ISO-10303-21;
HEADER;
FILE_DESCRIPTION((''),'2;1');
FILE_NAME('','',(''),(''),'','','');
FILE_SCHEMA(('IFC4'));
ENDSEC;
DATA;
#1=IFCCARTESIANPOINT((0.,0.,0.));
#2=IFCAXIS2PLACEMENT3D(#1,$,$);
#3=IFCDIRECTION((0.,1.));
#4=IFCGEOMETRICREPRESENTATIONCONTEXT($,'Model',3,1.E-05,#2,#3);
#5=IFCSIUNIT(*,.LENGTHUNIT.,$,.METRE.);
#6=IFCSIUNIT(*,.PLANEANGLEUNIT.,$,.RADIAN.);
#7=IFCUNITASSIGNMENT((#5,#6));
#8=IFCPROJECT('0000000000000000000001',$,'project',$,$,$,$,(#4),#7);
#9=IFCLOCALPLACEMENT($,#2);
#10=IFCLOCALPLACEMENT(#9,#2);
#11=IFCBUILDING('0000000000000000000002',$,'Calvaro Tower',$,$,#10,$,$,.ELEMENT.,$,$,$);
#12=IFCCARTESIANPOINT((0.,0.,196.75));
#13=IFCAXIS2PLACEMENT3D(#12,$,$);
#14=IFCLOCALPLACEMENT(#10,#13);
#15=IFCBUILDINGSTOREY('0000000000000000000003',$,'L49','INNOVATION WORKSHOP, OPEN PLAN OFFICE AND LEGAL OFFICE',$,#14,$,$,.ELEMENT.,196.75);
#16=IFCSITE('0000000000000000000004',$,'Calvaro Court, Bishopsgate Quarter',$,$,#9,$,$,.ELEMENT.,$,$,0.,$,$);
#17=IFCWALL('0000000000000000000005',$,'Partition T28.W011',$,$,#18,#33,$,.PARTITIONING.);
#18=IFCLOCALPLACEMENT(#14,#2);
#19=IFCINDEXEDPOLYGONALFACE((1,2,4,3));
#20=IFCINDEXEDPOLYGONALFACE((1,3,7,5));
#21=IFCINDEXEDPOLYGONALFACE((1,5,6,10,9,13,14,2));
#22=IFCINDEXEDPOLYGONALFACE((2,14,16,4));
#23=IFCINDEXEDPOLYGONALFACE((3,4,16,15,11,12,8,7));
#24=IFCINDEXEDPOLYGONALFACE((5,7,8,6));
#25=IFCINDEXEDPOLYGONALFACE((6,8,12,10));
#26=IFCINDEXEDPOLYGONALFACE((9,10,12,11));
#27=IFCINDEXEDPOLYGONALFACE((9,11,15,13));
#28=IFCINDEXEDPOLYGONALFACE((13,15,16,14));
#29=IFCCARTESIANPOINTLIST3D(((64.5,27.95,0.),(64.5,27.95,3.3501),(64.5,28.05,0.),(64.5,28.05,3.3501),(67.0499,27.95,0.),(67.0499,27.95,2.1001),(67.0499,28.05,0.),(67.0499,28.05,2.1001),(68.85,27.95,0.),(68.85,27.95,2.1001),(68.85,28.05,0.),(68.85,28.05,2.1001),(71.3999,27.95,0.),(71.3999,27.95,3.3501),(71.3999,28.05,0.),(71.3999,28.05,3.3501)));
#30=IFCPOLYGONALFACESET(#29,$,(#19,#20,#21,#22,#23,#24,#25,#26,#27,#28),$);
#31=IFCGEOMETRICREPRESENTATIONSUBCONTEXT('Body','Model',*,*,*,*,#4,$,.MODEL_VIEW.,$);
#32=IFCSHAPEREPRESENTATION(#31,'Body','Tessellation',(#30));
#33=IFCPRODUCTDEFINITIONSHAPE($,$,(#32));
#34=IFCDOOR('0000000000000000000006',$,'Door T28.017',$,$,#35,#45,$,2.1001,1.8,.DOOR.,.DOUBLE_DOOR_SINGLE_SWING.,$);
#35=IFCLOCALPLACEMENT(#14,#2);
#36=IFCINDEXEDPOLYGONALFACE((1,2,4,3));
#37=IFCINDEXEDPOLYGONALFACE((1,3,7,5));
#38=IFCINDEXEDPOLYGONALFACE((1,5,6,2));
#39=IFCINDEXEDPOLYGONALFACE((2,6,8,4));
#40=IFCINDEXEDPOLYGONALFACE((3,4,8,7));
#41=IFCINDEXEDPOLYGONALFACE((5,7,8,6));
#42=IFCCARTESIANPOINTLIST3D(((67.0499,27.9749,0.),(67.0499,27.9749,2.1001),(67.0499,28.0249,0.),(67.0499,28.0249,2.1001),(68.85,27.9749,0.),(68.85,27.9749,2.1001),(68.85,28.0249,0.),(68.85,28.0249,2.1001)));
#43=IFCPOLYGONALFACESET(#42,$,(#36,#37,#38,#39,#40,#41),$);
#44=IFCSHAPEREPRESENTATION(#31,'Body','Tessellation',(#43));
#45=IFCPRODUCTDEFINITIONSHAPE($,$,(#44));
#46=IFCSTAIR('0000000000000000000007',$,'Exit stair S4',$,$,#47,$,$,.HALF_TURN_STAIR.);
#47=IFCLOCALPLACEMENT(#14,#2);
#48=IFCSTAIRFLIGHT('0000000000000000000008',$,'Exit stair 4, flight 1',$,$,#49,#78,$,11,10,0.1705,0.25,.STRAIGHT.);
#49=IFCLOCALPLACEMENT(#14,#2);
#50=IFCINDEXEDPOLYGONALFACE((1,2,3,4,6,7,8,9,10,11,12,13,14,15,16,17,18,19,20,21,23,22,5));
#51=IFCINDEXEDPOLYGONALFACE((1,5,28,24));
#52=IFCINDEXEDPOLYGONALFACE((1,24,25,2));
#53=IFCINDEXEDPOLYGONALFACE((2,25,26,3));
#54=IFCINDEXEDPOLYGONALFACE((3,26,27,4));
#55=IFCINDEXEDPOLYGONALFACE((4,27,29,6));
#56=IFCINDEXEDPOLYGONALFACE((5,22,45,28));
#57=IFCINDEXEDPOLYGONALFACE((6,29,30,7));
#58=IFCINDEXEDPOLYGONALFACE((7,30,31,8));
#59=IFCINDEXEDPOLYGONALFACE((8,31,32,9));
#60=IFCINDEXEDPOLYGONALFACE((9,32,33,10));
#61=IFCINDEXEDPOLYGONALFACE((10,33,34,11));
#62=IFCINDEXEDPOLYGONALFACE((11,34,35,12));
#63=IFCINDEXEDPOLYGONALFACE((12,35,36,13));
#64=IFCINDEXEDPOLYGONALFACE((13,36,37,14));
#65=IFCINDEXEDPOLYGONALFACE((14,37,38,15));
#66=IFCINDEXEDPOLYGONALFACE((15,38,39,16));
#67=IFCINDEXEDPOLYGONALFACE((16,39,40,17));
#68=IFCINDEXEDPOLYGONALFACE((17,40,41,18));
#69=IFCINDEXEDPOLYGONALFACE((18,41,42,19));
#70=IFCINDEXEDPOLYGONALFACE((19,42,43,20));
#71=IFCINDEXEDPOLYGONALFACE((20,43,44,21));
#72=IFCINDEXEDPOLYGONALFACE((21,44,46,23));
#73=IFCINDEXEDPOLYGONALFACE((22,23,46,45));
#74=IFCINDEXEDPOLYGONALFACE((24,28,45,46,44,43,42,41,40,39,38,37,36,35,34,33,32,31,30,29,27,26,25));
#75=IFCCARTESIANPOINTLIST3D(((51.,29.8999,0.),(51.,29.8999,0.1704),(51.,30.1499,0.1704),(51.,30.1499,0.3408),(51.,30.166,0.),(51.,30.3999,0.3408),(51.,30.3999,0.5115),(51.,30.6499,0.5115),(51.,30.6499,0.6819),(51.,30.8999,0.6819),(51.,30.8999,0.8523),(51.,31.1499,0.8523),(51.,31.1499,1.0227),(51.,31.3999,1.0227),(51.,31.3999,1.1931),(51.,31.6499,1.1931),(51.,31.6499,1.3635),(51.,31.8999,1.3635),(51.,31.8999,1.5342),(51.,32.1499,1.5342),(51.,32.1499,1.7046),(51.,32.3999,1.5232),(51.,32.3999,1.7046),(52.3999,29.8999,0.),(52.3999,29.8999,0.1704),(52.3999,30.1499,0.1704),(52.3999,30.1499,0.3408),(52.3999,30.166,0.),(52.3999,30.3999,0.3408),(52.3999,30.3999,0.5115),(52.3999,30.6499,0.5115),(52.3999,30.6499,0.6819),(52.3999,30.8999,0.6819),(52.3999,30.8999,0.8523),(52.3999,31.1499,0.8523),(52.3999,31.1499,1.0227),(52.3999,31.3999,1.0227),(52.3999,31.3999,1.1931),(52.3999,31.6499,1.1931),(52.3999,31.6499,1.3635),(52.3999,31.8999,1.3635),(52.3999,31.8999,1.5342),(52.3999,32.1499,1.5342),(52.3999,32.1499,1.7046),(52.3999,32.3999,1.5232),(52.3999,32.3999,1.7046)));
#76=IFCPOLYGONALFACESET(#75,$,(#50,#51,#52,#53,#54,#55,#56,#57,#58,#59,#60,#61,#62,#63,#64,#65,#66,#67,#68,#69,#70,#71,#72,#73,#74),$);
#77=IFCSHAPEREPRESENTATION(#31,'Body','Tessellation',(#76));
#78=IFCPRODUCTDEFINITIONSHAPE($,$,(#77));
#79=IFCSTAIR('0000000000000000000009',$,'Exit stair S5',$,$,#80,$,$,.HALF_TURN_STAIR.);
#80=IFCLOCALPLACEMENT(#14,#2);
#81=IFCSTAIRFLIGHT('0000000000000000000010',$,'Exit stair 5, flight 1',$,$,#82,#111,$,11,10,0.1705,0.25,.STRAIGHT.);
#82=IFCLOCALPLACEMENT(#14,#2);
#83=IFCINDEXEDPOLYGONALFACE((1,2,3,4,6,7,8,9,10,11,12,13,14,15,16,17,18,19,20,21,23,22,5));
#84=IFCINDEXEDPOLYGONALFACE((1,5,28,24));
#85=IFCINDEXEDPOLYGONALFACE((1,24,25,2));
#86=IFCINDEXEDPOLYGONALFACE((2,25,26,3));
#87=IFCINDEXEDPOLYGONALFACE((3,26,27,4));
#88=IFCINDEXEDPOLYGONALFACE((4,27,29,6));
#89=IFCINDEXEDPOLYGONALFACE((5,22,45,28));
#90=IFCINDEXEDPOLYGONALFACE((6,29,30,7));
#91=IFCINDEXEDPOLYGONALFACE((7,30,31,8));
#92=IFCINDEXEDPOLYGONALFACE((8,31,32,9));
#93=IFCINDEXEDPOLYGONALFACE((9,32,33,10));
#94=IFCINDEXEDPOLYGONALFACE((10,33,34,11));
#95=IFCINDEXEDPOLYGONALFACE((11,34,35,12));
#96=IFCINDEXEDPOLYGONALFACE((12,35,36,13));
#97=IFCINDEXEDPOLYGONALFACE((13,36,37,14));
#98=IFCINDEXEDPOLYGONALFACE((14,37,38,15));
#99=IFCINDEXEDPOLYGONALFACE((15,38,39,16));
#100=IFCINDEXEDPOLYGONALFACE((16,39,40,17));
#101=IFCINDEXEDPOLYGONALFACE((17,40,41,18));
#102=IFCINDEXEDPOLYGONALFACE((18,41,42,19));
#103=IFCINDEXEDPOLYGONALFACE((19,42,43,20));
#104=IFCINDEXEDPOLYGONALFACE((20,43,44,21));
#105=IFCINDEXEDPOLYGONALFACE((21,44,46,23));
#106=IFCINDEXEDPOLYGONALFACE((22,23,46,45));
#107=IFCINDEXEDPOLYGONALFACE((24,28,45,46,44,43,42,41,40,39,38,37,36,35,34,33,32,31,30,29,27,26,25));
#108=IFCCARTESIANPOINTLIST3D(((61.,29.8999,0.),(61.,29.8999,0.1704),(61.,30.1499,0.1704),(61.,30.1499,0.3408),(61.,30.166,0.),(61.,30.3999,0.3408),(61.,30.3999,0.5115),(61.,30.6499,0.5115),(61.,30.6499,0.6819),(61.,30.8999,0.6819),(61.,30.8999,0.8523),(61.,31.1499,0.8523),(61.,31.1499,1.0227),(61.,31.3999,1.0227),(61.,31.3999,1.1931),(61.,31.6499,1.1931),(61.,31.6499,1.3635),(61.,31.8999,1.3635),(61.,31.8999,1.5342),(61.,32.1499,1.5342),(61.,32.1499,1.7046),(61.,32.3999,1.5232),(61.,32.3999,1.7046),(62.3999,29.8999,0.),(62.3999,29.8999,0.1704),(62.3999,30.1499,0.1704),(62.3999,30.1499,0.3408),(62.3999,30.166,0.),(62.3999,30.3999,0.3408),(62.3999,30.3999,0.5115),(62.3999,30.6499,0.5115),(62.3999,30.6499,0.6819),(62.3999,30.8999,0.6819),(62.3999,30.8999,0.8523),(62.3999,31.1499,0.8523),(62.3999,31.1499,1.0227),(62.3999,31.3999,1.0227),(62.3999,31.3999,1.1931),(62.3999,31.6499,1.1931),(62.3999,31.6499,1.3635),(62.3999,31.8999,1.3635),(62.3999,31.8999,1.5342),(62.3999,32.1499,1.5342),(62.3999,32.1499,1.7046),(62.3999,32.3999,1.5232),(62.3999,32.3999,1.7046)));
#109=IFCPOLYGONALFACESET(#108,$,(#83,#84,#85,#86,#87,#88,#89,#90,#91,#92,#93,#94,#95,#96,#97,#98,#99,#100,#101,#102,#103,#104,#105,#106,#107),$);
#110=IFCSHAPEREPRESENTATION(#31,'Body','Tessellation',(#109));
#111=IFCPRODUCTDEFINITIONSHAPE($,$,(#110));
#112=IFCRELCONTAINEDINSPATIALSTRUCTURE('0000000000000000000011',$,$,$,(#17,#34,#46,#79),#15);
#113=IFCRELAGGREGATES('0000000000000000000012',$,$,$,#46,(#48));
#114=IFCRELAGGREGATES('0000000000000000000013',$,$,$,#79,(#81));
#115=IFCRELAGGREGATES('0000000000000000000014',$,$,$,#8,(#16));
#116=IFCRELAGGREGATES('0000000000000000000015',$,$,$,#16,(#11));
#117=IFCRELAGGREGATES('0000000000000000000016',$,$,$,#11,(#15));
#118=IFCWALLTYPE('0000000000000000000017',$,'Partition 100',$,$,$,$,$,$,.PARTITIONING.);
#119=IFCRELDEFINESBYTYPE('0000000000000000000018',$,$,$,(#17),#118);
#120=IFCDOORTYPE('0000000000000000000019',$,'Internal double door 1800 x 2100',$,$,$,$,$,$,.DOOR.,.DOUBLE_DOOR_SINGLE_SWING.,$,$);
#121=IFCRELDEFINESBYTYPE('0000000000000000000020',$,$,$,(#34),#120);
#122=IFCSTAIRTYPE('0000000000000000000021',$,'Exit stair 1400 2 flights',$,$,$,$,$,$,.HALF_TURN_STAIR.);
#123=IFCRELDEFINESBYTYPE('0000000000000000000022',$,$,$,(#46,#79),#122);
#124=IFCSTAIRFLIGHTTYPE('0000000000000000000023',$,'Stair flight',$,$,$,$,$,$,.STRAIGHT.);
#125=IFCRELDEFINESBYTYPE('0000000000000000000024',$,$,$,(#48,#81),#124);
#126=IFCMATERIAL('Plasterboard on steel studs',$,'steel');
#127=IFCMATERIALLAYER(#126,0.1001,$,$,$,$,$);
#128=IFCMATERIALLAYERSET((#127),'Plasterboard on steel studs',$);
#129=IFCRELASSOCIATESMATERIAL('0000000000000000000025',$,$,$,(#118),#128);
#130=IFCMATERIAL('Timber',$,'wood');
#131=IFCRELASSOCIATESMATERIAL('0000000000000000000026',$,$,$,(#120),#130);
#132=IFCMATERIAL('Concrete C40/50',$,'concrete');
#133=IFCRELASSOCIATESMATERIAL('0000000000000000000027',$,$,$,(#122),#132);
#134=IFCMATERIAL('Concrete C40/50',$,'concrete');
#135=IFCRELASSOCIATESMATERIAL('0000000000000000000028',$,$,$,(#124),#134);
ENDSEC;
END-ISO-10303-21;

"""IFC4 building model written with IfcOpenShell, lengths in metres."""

from ifc_helpers import new_model, si_unit, direction, frame, frame_2d, origin, place, context, subcontext, project, spatial, polyline, rectangle, outline, extrude, material, layer, layer_set, type_object, element, fill, aggregate, save


model = new_model("IFC4")

# Units and contexts
model_context = context("Model", 3, precision=1e-05, world=origin(), true_north=direction((0.0, 1.0)))
body_context = subcontext(model_context, "Body", "Model", "MODEL_VIEW")
ifc_project = project(units=[si_unit("LENGTHUNIT", "METRE"), si_unit("PLANEANGLEUNIT", "RADIAN")], contexts=[model_context])

# Site, building, storey
site_placement = place(None, origin())
site = spatial("IfcSite", under=ifc_project, at=site_placement, Name="Calvaro Court, Bishopsgate Quarter", CompositionType="ELEMENT", RefElevation=0.0)
building_placement = place(site_placement, origin())
building = spatial("IfcBuilding", under=site, at=building_placement, Name="Calvaro Tower", CompositionType="ELEMENT")
storey_placement = place(building_placement, frame((0.0, 0.0, 196.75)))
storey = spatial("IfcBuildingStorey", under=building, at=storey_placement, Name="L49", Description="INNOVATION WORKSHOP, OPEN PLAN OFFICE AND LEGAL OFFICE", CompositionType="ELEMENT", Elevation=196.75)

# Wall, opening, door
ifc_material_1 = material(Name="Plasterboard on steel studs", Category="steel")
ifc_layer_1 = layer(ifc_material_1, 0.1001)
ifc_layer_set_1 = layer_set([ifc_layer_1], Name="Plasterboard on steel studs")
wall_type_1 = type_object("IfcWallType", Name="Partition 100", PredefinedType="PARTITIONING", material=ifc_layer_set_1)
wall_1_placement = place(storey_placement, frame((64.5, 28.0, 0.0), z_axis=(0.0, 0.0, 1.0), x_axis=(1.0, 0.0, 0.0)))
wall_1 = element("IfcWall", 1, at=wall_1_placement, inside=storey, type_object=wall_type_1, Name="Partition T28.W011", PredefinedType="PARTITIONING", context=body_context, shape_type="SweptSolid", body=[
    extrude(rectangle(XDim=6.8999, YDim=0.1001, at=frame_2d((3.45, 0.0))), origin(), (0.0, 0.0, 1.0), 3.3501),
])
opening_1_placement = place(wall_1_placement, frame((2.55, 0.0, 0.0)))
opening_1 = element("IfcOpeningElement", 2, at=opening_1_placement, cuts=wall_1, PredefinedType="OPENING", context=body_context, shape_type="SweptSolid", body=[
    extrude(rectangle(XDim=1.8, YDim=2.1001, at=frame_2d((0.8999, 1.05))), frame((0.0, 0.0601, 0.0), z_axis=(0.0, -1.0, 0.0), x_axis=(1.0, 0.0, 0.0)), (0.0, 0.0, 1.0), 0.1201),
])
ifc_material_2 = material(Name="Timber", Category="wood")
door_type_1 = type_object("IfcDoorType", Name="Internal double door 1800 x 2100", OperationType="DOUBLE_DOOR_SINGLE_SWING", PredefinedType="DOOR", material=ifc_material_2)
door_1_placement = place(opening_1_placement, origin())
door_1 = element("IfcDoor", 3, at=door_1_placement, inside=storey, type_object=door_type_1, Name="Door T28.017", OperationType="DOUBLE_DOOR_SINGLE_SWING", OverallHeight=2.1001, OverallWidth=1.8, PredefinedType="DOOR", context=body_context, shape_type="SweptSolid", body=[
    extrude(rectangle(XDim=1.8, YDim=2.1001, at=frame_2d((0.8999, 1.05))), frame((0.0, 0.0249, 0.0), z_axis=(0.0, -1.0, 0.0), x_axis=(1.0, 0.0, 0.0)), (0.0, 0.0, 1.0), 0.05),
])
fill(opening_1, door_1)

# Stairs, stair flights
ifc_material_3 = material(Name="Concrete C40/50", Category="concrete")
stair_type = type_object("IfcStairType", Name="Exit stair 1400 2 flights", PredefinedType="HALF_TURN_STAIR", material=ifc_material_3)
stair_1_placement = place(storey_placement, origin())
stair_1 = element("IfcStair", 4, at=stair_1_placement, inside=storey, type_object=stair_type, Name="Exit stair S4", PredefinedType="HALF_TURN_STAIR")
ifc_material_4 = material(Name="Concrete C40/50", Category="concrete")
stair_flight_type = type_object("IfcStairFlightType", Name="Stair flight", PredefinedType="STRAIGHT", material=ifc_material_4)
stair_flight_1_placement = place(storey_placement, frame((51.7, 29.8999, 0.0), z_axis=(0.0, 0.0, 1.0), x_axis=(0.0, 1.0, 0.0)))
stair_flight_1 = element("IfcStairFlight", 5, at=stair_flight_1_placement, type_object=stair_flight_type, Name="Exit stair 4, flight 1", NumberOfRisers=11, NumberOfTreads=10, PredefinedType="STRAIGHT", RiserHeight=0.1705, TreadLength=0.25, context=body_context, shape_type="SweptSolid", body=[
    extrude(outline(polyline([(0.0, 0.0), (0.0, 0.1704), (0.25, 0.1704), (0.25, 0.3408), (0.5, 0.3408), (0.5, 0.5115), (0.75, 0.5115), (0.75, 0.6819), (1.0, 0.6819), (1.0, 0.8523), (1.25, 0.8523), (1.25, 1.0227), (1.5, 1.0227), (1.5, 1.1931), (1.75, 1.1931), (1.75, 1.3635), (2.0, 1.3635), (2.0, 1.5342), (2.25, 1.5342), (2.25, 1.7046), (2.5, 1.7046), (2.5, 1.875), (2.5, 1.5232), (0.2661, 0.0), (0.0, 0.0)])), frame((0.0, 0.7, 0.0), z_axis=(0.0, -1.0, 0.0), x_axis=(1.0, 0.0, 0.0)), (0.0, 0.0, 1.0), 1.3999),
])
stair_2_placement = place(storey_placement, origin())
stair_2 = element("IfcStair", 6, at=stair_2_placement, inside=storey, type_object=stair_type, Name="Exit stair S5", PredefinedType="HALF_TURN_STAIR")
stair_flight_2_placement = place(storey_placement, frame((61.7, 29.8999, 0.0), z_axis=(0.0, 0.0, 1.0), x_axis=(0.0, 1.0, 0.0)))
stair_flight_2 = element("IfcStairFlight", 7, at=stair_flight_2_placement, type_object=stair_flight_type, Name="Exit stair 5, flight 1", NumberOfRisers=11, NumberOfTreads=10, PredefinedType="STRAIGHT", RiserHeight=0.1705, TreadLength=0.25, context=body_context, shape_type="SweptSolid", body=[
    extrude(outline(polyline([(0.0, 0.0), (0.0, 0.1704), (0.25, 0.1704), (0.25, 0.3408), (0.5, 0.3408), (0.5, 0.5115), (0.75, 0.5115), (0.75, 0.6819), (1.0, 0.6819), (1.0, 0.8523), (1.25, 0.8523), (1.25, 1.0227), (1.5, 1.0227), (1.5, 1.1931), (1.75, 1.1931), (1.75, 1.3635), (2.0, 1.3635), (2.0, 1.5342), (2.25, 1.5342), (2.25, 1.7046), (2.5, 1.7046), (2.5, 1.875), (2.5, 1.5232), (0.2661, 0.0), (0.0, 0.0)])), frame((0.0, 0.7, 0.0), z_axis=(0.0, -1.0, 0.0), x_axis=(1.0, 0.0, 0.0)), (0.0, 0.0, 1.0), 1.3999),
])

aggregate(stair_1, [stair_flight_1])
aggregate(stair_2, [stair_flight_2])

save(model, "model.ifc")
